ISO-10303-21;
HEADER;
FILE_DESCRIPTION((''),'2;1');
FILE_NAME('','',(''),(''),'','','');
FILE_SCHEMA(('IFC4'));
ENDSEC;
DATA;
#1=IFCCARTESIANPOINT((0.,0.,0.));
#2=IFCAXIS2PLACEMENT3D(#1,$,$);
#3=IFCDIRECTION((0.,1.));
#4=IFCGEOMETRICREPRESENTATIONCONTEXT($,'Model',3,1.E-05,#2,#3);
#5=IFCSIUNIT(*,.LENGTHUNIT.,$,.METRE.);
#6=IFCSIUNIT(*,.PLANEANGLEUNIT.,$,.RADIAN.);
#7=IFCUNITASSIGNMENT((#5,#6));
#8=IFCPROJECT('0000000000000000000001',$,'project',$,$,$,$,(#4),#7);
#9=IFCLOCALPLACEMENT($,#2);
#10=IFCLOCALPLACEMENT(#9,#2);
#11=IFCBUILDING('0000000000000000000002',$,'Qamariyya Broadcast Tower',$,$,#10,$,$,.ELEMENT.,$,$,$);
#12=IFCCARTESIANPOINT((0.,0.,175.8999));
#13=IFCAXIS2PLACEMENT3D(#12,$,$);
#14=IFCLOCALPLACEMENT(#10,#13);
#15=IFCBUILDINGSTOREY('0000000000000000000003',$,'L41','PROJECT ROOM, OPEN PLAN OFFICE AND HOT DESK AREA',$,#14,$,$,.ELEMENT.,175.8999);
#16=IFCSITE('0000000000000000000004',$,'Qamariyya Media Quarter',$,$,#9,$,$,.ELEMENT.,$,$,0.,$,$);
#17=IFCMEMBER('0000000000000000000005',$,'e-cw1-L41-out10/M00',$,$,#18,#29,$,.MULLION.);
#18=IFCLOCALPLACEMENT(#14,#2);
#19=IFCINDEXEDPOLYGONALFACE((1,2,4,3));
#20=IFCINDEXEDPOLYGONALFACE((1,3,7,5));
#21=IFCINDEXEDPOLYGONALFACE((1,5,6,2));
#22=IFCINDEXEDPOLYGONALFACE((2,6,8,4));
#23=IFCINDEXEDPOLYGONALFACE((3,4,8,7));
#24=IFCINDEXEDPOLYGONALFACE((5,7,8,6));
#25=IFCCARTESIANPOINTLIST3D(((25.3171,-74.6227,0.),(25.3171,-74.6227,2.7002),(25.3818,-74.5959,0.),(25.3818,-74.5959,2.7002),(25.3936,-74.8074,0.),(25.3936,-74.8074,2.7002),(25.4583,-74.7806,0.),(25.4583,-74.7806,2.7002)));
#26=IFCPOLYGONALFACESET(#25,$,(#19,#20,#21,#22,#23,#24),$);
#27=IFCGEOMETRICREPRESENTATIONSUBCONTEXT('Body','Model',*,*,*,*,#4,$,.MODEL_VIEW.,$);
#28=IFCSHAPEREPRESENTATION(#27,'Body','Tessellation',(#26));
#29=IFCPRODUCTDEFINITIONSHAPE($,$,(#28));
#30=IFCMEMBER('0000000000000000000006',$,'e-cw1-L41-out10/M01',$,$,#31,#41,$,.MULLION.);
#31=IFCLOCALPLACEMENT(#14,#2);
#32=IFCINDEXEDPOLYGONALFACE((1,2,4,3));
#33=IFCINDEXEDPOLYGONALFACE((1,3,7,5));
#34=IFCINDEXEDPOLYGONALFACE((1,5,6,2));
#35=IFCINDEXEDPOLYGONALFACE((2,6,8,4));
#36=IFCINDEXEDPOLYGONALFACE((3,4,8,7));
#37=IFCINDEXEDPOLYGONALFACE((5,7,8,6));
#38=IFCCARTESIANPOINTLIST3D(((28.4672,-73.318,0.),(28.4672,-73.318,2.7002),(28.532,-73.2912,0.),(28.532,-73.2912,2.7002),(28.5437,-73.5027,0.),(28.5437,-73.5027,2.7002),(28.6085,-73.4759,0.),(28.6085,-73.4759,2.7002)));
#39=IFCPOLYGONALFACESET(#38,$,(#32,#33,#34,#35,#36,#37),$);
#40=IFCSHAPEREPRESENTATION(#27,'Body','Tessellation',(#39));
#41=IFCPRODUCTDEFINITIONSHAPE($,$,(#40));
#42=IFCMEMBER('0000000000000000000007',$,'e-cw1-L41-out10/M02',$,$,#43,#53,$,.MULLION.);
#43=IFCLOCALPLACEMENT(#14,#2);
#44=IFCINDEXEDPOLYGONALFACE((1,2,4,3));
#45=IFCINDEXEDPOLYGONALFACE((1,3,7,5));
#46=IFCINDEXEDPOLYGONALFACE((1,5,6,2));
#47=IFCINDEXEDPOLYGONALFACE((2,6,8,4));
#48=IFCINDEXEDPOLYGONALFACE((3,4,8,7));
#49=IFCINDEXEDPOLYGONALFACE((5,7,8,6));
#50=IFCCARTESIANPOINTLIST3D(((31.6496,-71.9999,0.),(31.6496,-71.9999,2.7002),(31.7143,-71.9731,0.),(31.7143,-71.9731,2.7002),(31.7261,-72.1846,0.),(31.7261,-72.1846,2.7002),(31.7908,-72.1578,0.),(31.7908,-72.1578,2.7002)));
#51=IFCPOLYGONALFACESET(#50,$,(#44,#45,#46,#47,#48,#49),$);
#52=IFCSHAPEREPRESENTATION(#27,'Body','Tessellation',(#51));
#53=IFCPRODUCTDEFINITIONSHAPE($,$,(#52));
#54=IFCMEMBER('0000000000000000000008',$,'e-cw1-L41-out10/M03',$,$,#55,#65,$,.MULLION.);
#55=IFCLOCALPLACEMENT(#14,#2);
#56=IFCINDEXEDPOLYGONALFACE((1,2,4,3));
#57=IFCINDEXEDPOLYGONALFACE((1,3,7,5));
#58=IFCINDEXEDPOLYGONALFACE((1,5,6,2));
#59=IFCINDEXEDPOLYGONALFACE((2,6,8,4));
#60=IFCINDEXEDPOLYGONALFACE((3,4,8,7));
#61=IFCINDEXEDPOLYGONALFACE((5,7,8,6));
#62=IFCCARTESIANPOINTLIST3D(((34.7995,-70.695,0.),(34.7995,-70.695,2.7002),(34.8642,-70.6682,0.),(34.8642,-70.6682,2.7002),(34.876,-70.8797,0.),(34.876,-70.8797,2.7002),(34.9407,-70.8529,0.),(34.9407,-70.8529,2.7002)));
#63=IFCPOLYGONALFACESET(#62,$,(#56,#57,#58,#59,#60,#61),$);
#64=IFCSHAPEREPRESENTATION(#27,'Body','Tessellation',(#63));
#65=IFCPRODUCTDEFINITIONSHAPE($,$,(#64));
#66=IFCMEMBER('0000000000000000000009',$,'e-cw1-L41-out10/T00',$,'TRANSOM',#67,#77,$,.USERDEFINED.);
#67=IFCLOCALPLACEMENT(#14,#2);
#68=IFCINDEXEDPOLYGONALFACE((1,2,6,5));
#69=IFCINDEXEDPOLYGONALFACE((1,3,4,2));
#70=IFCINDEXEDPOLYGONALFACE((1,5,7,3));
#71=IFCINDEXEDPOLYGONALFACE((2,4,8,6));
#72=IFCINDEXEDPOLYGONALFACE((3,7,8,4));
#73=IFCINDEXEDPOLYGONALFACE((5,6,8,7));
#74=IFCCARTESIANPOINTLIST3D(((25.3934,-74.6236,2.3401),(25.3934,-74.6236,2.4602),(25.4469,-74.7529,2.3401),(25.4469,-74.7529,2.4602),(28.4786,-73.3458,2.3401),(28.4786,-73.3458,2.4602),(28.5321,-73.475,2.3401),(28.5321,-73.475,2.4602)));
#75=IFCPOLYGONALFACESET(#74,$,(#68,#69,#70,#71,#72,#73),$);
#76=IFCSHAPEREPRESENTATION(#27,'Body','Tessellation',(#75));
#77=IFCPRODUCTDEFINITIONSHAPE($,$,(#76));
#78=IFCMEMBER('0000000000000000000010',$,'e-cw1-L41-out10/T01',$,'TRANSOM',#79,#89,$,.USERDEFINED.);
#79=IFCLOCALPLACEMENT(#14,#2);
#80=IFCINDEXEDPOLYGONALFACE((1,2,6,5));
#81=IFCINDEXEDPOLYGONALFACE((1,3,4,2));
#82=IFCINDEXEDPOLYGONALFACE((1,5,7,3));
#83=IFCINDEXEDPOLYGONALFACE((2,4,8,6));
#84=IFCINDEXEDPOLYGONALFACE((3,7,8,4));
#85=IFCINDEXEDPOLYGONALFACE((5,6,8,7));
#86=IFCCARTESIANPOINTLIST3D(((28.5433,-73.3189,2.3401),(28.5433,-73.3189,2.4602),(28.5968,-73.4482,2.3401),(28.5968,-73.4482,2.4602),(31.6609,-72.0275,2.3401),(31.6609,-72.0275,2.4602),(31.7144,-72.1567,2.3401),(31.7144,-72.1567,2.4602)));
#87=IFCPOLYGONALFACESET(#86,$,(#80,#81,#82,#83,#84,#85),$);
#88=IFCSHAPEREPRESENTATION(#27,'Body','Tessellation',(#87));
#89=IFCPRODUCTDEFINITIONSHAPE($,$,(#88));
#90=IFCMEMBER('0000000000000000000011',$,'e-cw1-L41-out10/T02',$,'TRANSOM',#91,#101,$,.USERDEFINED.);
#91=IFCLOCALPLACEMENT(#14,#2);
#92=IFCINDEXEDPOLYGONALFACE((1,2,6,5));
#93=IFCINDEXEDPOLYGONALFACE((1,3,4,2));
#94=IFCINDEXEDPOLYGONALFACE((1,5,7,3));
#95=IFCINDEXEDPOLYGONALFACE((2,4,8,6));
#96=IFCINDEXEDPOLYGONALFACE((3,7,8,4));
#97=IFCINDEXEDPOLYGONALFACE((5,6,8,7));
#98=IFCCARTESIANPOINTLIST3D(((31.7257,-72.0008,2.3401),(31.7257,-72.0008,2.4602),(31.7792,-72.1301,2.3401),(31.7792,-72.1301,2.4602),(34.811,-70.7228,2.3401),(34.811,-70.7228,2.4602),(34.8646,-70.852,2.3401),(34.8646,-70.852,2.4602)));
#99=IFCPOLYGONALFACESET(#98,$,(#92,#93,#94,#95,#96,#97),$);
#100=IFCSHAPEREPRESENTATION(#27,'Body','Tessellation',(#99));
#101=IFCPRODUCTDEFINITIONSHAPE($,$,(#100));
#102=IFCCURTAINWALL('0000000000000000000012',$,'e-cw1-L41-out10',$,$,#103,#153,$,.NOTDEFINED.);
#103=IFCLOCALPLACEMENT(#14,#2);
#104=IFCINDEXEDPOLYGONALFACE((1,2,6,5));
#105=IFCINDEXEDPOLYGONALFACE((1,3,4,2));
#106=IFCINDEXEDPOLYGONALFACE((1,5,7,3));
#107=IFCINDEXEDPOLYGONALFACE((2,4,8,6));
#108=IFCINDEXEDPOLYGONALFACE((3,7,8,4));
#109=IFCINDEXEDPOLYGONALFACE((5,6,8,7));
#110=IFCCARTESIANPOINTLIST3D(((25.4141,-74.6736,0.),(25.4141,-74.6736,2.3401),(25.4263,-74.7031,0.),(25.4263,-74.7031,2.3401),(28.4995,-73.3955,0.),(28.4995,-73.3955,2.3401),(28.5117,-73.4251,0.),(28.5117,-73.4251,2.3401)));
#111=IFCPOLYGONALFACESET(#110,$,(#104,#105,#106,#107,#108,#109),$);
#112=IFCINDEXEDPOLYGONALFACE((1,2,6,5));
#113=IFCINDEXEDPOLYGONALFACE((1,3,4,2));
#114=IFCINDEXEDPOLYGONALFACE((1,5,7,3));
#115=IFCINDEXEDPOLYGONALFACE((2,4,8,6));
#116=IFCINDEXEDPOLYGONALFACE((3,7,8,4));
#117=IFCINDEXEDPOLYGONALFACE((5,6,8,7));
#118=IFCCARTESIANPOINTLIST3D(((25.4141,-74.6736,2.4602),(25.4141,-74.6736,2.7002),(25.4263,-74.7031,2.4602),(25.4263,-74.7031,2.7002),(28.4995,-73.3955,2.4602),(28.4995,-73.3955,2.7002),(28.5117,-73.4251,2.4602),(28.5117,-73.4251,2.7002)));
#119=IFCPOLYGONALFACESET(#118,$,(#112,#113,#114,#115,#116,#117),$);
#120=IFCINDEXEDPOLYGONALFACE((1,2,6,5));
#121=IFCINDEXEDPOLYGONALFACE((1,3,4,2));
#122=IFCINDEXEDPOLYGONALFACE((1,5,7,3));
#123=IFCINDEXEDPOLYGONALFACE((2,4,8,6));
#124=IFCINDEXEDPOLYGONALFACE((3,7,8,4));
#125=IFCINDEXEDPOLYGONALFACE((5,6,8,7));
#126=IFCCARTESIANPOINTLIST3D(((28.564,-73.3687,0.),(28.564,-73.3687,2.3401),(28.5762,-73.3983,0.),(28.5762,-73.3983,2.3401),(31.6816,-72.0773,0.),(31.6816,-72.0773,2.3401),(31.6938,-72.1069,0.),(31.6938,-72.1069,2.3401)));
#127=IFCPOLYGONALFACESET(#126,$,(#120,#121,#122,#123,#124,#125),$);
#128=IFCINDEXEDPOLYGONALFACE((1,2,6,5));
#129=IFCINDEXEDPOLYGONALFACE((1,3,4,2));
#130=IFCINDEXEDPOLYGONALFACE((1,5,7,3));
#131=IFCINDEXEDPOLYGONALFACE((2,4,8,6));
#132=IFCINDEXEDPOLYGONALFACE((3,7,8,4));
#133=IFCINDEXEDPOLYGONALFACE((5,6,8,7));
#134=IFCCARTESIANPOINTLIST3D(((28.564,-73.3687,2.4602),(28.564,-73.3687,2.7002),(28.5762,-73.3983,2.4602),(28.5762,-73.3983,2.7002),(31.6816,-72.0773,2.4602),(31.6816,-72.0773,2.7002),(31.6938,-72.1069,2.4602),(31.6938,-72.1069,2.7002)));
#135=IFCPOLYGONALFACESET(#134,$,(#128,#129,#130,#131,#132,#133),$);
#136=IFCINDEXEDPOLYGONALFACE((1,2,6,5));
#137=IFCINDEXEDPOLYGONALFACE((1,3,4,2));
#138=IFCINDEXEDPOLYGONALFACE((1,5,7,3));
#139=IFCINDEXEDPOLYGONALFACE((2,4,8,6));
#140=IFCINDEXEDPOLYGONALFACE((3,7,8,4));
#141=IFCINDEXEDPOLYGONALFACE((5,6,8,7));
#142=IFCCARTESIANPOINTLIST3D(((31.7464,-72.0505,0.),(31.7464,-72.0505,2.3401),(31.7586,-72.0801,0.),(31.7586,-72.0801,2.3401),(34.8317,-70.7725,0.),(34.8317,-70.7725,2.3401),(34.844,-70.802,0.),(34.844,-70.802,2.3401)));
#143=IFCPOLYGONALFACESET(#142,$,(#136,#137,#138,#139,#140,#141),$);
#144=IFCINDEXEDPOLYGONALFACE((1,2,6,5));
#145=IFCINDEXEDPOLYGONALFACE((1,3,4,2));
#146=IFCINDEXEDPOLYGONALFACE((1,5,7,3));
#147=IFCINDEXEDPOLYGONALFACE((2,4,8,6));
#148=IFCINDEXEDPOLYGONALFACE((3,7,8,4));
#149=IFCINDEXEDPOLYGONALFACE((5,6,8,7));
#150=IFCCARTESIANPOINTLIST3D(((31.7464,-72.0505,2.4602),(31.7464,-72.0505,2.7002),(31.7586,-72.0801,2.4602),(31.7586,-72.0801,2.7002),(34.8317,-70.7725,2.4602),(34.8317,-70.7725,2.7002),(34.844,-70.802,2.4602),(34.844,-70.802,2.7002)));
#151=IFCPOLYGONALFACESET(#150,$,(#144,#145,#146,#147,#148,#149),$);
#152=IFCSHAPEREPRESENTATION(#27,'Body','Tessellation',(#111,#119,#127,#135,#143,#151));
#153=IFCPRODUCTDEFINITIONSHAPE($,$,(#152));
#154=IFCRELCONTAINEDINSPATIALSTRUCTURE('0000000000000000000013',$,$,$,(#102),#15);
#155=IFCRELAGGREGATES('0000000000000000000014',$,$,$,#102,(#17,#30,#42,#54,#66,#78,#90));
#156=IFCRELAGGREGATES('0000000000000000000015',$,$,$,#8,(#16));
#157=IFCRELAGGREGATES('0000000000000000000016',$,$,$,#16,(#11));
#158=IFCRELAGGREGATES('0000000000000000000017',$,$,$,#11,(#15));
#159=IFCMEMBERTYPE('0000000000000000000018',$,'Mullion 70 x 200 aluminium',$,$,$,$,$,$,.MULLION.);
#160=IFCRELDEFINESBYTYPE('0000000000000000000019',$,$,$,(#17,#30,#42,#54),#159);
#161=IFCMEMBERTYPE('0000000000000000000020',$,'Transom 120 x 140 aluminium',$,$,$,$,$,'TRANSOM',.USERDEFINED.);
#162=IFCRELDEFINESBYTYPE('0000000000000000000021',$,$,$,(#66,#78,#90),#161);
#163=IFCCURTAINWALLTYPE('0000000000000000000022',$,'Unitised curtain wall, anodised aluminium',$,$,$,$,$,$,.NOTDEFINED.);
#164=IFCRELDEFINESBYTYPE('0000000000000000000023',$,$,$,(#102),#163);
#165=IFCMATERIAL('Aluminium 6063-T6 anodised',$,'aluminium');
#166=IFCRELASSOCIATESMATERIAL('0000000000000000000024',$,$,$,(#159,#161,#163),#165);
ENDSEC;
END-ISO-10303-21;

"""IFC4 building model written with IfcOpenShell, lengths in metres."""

from ifc_helpers import new_model, si_unit, direction, frame, origin, origin_2d, place, context, subcontext, project, spatial, rectangle, extrude, material, material_profile, profile_set, type_object, element, aggregate, save


model = new_model("IFC4")

# Units and contexts
model_context = context("Model", 3, precision=1e-05, world=origin(), true_north=direction((0.0, 1.0)))
body_context = subcontext(model_context, "Body", "Model", "MODEL_VIEW")
ifc_project = project(units=[si_unit("LENGTHUNIT", "METRE"), si_unit("PLANEANGLEUNIT", "RADIAN")], contexts=[model_context])

# Site, building, storey
site_placement = place(None, origin())
site = spatial("IfcSite", under=ifc_project, at=site_placement, Name="Qamariyya Media Quarter", CompositionType="ELEMENT", RefElevation=0.0)
building_placement = place(site_placement, origin())
building = spatial("IfcBuilding", under=site, at=building_placement, Name="Qamariyya Broadcast Tower", CompositionType="ELEMENT")
storey_placement = place(building_placement, frame((0.0, 0.0, 175.8999)))
storey = spatial("IfcBuildingStorey", under=building, at=storey_placement, Name="L41", Description="PROJECT ROOM, OPEN PLAN OFFICE AND HOT DESK AREA", CompositionType="ELEMENT", Elevation=175.8999)

# Members
ifc_material_1 = material(Name="Aluminium 6063-T6 anodised", Category="aluminium")
ifc_material_profile_1 = material_profile(ifc_material_1, rectangle(XDim=0.2, YDim=0.0701, at=origin_2d()))
ifc_profile_set_1 = profile_set([ifc_material_profile_1], Name="Aluminium 6063-T6 anodised")
member_type_1 = type_object("IfcMemberType", Name="Mullion 70 x 200 aluminium", PredefinedType="MULLION", material=ifc_profile_set_1)
member_1_placement = place(storey_placement, frame((25.3877, -74.7017, 0.0), z_axis=(0.0, 0.0, 1.0), x_axis=(-0.382683, 0.92388, 0.0)))
member_1 = element("IfcMember", 1, at=member_1_placement, type_object=member_type_1, Name="e-cw1-L41-out10/M00", PredefinedType="MULLION", context=body_context, shape_type="SweptSolid", body=[
    extrude(rectangle(XDim=0.2, YDim=0.0701, at=origin_2d()), origin(), (0.0, 0.0, 1.0), 2.7002),
])
member_2_placement = place(storey_placement, frame((28.5378, -73.397, 0.0), z_axis=(0.0, 0.0, 1.0), x_axis=(-0.382683, 0.92388, 0.0)))
member_2 = element("IfcMember", 2, at=member_2_placement, type_object=member_type_1, Name="e-cw1-L41-out10/M01", PredefinedType="MULLION", context=body_context, shape_type="SweptSolid", body=[
    extrude(rectangle(XDim=0.2, YDim=0.0701, at=origin_2d()), origin(), (0.0, 0.0, 1.0), 2.7002),
])
member_3_placement = place(storey_placement, frame((31.7202, -72.0789, 0.0), z_axis=(0.0, 0.0, 1.0), x_axis=(-0.382683, 0.92388, 0.0)))
member_3 = element("IfcMember", 3, at=member_3_placement, type_object=member_type_1, Name="e-cw1-L41-out10/M02", PredefinedType="MULLION", context=body_context, shape_type="SweptSolid", body=[
    extrude(rectangle(XDim=0.2, YDim=0.0701, at=origin_2d()), origin(), (0.0, 0.0, 1.0), 2.7002),
])
member_4_placement = place(storey_placement, frame((34.8701, -70.7739, 0.0), z_axis=(0.0, 0.0, 1.0), x_axis=(-0.382683, 0.92388, 0.0)))
member_4 = element("IfcMember", 4, at=member_4_placement, type_object=member_type_1, Name="e-cw1-L41-out10/M03", PredefinedType="MULLION", context=body_context, shape_type="SweptSolid", body=[
    extrude(rectangle(XDim=0.2, YDim=0.0701, at=origin_2d()), origin(), (0.0, 0.0, 1.0), 2.7002),
])
ifc_material_profile_2 = material_profile(ifc_material_1, rectangle(XDim=0.1399, YDim=0.1201, at=origin_2d()))
ifc_profile_set_2 = profile_set([ifc_material_profile_2], Name="Aluminium 6063-T6 anodised")
member_type_2 = type_object("IfcMemberType", Name="Transom 120 x 140 aluminium", ElementType="TRANSOM", PredefinedType="USERDEFINED", material=ifc_profile_set_2)
member_5_placement = place(storey_placement, frame((25.4202, -74.6882, 2.4001), z_axis=(0.92389, 0.382657, 0.0), x_axis=(-0.382657, 0.92389, 0.0)))
member_5 = element("IfcMember", 5, at=member_5_placement, type_object=member_type_2, Name="e-cw1-L41-out10/T00", ObjectType="TRANSOM", PredefinedType="USERDEFINED", context=body_context, shape_type="SweptSolid", body=[
    extrude(rectangle(XDim=0.1399, YDim=0.1201, at=origin_2d()), origin(), (0.0, 0.0, 1.0), 3.3394),
])
member_6_placement = place(storey_placement, frame((28.5701, -73.3835, 2.4001), z_axis=(0.923867, 0.382714, 0.0), x_axis=(-0.382714, 0.923867, 0.0)))
member_6 = element("IfcMember", 6, at=member_6_placement, type_object=member_type_2, Name="e-cw1-L41-out10/T01", ObjectType="TRANSOM", PredefinedType="USERDEFINED", context=body_context, shape_type="SweptSolid", body=[
    extrude(rectangle(XDim=0.1399, YDim=0.1201, at=origin_2d()), origin(), (0.0, 0.0, 1.0), 3.3745),
])
member_7_placement = place(storey_placement, frame((31.7524, -72.0654, 2.4001), z_axis=(0.923875, 0.382694, 0.0), x_axis=(-0.382694, 0.923875, 0.0)))
member_7 = element("IfcMember", 7, at=member_7_placement, type_object=member_type_2, Name="e-cw1-L41-out10/T02", ObjectType="TRANSOM", PredefinedType="USERDEFINED", context=body_context, shape_type="SweptSolid", body=[
    extrude(rectangle(XDim=0.1399, YDim=0.1201, at=origin_2d()), origin(), (0.0, 0.0, 1.0), 3.3396),
])

# Curtain wall
curtain_wall_type = type_object("IfcCurtainWallType", Name="Unitised curtain wall, anodised aluminium", PredefinedType="NOTDEFINED", material=ifc_material_1)
curtain_wall_1_placement = place(storey_placement, origin())
curtain_wall_1 = element("IfcCurtainWall", 8, at=curtain_wall_1_placement, inside=storey, type_object=curtain_wall_type, Name="e-cw1-L41-out10", PredefinedType="NOTDEFINED", context=body_context, shape_type="SweptSolid", body=[
    extrude(rectangle(XDim=3.3396, YDim=0.032, at=origin_2d()), frame((26.9629, -74.0493, 0.0), x_axis=(0.923878, 0.382687, 0.0)), (0.0, 0.0, 1.0), 2.3401),
    extrude(rectangle(XDim=3.3396, YDim=0.032, at=origin_2d()), frame((26.9629, -74.0493, 2.4602), x_axis=(0.923878, 0.382687, 0.0)), (0.0, 0.0, 1.0), 0.24),
    extrude(rectangle(XDim=3.3745, YDim=0.032, at=origin_2d()), frame((30.1289, -72.7378, 0.0), x_axis=(0.923878, 0.382687, 0.0)), (0.0, 0.0, 1.0), 2.3401),
    extrude(rectangle(XDim=3.3745, YDim=0.032, at=origin_2d()), frame((30.1289, -72.7378, 2.4602), x_axis=(0.923878, 0.382687, 0.0)), (0.0, 0.0, 1.0), 0.24),
    extrude(rectangle(XDim=3.3396, YDim=0.032, at=origin_2d()), frame((33.2952, -71.4263, 0.0), x_axis=(0.923878, 0.382687, 0.0)), (0.0, 0.0, 1.0), 2.3401),
    extrude(rectangle(XDim=3.3396, YDim=0.032, at=origin_2d()), frame((33.2952, -71.4263, 2.4602), x_axis=(0.923878, 0.382687, 0.0)), (0.0, 0.0, 1.0), 0.24),
])
aggregate(curtain_wall_1, [member_1, member_2, member_3, member_4, member_5, member_6, member_7])

save(model, "model.ifc")
